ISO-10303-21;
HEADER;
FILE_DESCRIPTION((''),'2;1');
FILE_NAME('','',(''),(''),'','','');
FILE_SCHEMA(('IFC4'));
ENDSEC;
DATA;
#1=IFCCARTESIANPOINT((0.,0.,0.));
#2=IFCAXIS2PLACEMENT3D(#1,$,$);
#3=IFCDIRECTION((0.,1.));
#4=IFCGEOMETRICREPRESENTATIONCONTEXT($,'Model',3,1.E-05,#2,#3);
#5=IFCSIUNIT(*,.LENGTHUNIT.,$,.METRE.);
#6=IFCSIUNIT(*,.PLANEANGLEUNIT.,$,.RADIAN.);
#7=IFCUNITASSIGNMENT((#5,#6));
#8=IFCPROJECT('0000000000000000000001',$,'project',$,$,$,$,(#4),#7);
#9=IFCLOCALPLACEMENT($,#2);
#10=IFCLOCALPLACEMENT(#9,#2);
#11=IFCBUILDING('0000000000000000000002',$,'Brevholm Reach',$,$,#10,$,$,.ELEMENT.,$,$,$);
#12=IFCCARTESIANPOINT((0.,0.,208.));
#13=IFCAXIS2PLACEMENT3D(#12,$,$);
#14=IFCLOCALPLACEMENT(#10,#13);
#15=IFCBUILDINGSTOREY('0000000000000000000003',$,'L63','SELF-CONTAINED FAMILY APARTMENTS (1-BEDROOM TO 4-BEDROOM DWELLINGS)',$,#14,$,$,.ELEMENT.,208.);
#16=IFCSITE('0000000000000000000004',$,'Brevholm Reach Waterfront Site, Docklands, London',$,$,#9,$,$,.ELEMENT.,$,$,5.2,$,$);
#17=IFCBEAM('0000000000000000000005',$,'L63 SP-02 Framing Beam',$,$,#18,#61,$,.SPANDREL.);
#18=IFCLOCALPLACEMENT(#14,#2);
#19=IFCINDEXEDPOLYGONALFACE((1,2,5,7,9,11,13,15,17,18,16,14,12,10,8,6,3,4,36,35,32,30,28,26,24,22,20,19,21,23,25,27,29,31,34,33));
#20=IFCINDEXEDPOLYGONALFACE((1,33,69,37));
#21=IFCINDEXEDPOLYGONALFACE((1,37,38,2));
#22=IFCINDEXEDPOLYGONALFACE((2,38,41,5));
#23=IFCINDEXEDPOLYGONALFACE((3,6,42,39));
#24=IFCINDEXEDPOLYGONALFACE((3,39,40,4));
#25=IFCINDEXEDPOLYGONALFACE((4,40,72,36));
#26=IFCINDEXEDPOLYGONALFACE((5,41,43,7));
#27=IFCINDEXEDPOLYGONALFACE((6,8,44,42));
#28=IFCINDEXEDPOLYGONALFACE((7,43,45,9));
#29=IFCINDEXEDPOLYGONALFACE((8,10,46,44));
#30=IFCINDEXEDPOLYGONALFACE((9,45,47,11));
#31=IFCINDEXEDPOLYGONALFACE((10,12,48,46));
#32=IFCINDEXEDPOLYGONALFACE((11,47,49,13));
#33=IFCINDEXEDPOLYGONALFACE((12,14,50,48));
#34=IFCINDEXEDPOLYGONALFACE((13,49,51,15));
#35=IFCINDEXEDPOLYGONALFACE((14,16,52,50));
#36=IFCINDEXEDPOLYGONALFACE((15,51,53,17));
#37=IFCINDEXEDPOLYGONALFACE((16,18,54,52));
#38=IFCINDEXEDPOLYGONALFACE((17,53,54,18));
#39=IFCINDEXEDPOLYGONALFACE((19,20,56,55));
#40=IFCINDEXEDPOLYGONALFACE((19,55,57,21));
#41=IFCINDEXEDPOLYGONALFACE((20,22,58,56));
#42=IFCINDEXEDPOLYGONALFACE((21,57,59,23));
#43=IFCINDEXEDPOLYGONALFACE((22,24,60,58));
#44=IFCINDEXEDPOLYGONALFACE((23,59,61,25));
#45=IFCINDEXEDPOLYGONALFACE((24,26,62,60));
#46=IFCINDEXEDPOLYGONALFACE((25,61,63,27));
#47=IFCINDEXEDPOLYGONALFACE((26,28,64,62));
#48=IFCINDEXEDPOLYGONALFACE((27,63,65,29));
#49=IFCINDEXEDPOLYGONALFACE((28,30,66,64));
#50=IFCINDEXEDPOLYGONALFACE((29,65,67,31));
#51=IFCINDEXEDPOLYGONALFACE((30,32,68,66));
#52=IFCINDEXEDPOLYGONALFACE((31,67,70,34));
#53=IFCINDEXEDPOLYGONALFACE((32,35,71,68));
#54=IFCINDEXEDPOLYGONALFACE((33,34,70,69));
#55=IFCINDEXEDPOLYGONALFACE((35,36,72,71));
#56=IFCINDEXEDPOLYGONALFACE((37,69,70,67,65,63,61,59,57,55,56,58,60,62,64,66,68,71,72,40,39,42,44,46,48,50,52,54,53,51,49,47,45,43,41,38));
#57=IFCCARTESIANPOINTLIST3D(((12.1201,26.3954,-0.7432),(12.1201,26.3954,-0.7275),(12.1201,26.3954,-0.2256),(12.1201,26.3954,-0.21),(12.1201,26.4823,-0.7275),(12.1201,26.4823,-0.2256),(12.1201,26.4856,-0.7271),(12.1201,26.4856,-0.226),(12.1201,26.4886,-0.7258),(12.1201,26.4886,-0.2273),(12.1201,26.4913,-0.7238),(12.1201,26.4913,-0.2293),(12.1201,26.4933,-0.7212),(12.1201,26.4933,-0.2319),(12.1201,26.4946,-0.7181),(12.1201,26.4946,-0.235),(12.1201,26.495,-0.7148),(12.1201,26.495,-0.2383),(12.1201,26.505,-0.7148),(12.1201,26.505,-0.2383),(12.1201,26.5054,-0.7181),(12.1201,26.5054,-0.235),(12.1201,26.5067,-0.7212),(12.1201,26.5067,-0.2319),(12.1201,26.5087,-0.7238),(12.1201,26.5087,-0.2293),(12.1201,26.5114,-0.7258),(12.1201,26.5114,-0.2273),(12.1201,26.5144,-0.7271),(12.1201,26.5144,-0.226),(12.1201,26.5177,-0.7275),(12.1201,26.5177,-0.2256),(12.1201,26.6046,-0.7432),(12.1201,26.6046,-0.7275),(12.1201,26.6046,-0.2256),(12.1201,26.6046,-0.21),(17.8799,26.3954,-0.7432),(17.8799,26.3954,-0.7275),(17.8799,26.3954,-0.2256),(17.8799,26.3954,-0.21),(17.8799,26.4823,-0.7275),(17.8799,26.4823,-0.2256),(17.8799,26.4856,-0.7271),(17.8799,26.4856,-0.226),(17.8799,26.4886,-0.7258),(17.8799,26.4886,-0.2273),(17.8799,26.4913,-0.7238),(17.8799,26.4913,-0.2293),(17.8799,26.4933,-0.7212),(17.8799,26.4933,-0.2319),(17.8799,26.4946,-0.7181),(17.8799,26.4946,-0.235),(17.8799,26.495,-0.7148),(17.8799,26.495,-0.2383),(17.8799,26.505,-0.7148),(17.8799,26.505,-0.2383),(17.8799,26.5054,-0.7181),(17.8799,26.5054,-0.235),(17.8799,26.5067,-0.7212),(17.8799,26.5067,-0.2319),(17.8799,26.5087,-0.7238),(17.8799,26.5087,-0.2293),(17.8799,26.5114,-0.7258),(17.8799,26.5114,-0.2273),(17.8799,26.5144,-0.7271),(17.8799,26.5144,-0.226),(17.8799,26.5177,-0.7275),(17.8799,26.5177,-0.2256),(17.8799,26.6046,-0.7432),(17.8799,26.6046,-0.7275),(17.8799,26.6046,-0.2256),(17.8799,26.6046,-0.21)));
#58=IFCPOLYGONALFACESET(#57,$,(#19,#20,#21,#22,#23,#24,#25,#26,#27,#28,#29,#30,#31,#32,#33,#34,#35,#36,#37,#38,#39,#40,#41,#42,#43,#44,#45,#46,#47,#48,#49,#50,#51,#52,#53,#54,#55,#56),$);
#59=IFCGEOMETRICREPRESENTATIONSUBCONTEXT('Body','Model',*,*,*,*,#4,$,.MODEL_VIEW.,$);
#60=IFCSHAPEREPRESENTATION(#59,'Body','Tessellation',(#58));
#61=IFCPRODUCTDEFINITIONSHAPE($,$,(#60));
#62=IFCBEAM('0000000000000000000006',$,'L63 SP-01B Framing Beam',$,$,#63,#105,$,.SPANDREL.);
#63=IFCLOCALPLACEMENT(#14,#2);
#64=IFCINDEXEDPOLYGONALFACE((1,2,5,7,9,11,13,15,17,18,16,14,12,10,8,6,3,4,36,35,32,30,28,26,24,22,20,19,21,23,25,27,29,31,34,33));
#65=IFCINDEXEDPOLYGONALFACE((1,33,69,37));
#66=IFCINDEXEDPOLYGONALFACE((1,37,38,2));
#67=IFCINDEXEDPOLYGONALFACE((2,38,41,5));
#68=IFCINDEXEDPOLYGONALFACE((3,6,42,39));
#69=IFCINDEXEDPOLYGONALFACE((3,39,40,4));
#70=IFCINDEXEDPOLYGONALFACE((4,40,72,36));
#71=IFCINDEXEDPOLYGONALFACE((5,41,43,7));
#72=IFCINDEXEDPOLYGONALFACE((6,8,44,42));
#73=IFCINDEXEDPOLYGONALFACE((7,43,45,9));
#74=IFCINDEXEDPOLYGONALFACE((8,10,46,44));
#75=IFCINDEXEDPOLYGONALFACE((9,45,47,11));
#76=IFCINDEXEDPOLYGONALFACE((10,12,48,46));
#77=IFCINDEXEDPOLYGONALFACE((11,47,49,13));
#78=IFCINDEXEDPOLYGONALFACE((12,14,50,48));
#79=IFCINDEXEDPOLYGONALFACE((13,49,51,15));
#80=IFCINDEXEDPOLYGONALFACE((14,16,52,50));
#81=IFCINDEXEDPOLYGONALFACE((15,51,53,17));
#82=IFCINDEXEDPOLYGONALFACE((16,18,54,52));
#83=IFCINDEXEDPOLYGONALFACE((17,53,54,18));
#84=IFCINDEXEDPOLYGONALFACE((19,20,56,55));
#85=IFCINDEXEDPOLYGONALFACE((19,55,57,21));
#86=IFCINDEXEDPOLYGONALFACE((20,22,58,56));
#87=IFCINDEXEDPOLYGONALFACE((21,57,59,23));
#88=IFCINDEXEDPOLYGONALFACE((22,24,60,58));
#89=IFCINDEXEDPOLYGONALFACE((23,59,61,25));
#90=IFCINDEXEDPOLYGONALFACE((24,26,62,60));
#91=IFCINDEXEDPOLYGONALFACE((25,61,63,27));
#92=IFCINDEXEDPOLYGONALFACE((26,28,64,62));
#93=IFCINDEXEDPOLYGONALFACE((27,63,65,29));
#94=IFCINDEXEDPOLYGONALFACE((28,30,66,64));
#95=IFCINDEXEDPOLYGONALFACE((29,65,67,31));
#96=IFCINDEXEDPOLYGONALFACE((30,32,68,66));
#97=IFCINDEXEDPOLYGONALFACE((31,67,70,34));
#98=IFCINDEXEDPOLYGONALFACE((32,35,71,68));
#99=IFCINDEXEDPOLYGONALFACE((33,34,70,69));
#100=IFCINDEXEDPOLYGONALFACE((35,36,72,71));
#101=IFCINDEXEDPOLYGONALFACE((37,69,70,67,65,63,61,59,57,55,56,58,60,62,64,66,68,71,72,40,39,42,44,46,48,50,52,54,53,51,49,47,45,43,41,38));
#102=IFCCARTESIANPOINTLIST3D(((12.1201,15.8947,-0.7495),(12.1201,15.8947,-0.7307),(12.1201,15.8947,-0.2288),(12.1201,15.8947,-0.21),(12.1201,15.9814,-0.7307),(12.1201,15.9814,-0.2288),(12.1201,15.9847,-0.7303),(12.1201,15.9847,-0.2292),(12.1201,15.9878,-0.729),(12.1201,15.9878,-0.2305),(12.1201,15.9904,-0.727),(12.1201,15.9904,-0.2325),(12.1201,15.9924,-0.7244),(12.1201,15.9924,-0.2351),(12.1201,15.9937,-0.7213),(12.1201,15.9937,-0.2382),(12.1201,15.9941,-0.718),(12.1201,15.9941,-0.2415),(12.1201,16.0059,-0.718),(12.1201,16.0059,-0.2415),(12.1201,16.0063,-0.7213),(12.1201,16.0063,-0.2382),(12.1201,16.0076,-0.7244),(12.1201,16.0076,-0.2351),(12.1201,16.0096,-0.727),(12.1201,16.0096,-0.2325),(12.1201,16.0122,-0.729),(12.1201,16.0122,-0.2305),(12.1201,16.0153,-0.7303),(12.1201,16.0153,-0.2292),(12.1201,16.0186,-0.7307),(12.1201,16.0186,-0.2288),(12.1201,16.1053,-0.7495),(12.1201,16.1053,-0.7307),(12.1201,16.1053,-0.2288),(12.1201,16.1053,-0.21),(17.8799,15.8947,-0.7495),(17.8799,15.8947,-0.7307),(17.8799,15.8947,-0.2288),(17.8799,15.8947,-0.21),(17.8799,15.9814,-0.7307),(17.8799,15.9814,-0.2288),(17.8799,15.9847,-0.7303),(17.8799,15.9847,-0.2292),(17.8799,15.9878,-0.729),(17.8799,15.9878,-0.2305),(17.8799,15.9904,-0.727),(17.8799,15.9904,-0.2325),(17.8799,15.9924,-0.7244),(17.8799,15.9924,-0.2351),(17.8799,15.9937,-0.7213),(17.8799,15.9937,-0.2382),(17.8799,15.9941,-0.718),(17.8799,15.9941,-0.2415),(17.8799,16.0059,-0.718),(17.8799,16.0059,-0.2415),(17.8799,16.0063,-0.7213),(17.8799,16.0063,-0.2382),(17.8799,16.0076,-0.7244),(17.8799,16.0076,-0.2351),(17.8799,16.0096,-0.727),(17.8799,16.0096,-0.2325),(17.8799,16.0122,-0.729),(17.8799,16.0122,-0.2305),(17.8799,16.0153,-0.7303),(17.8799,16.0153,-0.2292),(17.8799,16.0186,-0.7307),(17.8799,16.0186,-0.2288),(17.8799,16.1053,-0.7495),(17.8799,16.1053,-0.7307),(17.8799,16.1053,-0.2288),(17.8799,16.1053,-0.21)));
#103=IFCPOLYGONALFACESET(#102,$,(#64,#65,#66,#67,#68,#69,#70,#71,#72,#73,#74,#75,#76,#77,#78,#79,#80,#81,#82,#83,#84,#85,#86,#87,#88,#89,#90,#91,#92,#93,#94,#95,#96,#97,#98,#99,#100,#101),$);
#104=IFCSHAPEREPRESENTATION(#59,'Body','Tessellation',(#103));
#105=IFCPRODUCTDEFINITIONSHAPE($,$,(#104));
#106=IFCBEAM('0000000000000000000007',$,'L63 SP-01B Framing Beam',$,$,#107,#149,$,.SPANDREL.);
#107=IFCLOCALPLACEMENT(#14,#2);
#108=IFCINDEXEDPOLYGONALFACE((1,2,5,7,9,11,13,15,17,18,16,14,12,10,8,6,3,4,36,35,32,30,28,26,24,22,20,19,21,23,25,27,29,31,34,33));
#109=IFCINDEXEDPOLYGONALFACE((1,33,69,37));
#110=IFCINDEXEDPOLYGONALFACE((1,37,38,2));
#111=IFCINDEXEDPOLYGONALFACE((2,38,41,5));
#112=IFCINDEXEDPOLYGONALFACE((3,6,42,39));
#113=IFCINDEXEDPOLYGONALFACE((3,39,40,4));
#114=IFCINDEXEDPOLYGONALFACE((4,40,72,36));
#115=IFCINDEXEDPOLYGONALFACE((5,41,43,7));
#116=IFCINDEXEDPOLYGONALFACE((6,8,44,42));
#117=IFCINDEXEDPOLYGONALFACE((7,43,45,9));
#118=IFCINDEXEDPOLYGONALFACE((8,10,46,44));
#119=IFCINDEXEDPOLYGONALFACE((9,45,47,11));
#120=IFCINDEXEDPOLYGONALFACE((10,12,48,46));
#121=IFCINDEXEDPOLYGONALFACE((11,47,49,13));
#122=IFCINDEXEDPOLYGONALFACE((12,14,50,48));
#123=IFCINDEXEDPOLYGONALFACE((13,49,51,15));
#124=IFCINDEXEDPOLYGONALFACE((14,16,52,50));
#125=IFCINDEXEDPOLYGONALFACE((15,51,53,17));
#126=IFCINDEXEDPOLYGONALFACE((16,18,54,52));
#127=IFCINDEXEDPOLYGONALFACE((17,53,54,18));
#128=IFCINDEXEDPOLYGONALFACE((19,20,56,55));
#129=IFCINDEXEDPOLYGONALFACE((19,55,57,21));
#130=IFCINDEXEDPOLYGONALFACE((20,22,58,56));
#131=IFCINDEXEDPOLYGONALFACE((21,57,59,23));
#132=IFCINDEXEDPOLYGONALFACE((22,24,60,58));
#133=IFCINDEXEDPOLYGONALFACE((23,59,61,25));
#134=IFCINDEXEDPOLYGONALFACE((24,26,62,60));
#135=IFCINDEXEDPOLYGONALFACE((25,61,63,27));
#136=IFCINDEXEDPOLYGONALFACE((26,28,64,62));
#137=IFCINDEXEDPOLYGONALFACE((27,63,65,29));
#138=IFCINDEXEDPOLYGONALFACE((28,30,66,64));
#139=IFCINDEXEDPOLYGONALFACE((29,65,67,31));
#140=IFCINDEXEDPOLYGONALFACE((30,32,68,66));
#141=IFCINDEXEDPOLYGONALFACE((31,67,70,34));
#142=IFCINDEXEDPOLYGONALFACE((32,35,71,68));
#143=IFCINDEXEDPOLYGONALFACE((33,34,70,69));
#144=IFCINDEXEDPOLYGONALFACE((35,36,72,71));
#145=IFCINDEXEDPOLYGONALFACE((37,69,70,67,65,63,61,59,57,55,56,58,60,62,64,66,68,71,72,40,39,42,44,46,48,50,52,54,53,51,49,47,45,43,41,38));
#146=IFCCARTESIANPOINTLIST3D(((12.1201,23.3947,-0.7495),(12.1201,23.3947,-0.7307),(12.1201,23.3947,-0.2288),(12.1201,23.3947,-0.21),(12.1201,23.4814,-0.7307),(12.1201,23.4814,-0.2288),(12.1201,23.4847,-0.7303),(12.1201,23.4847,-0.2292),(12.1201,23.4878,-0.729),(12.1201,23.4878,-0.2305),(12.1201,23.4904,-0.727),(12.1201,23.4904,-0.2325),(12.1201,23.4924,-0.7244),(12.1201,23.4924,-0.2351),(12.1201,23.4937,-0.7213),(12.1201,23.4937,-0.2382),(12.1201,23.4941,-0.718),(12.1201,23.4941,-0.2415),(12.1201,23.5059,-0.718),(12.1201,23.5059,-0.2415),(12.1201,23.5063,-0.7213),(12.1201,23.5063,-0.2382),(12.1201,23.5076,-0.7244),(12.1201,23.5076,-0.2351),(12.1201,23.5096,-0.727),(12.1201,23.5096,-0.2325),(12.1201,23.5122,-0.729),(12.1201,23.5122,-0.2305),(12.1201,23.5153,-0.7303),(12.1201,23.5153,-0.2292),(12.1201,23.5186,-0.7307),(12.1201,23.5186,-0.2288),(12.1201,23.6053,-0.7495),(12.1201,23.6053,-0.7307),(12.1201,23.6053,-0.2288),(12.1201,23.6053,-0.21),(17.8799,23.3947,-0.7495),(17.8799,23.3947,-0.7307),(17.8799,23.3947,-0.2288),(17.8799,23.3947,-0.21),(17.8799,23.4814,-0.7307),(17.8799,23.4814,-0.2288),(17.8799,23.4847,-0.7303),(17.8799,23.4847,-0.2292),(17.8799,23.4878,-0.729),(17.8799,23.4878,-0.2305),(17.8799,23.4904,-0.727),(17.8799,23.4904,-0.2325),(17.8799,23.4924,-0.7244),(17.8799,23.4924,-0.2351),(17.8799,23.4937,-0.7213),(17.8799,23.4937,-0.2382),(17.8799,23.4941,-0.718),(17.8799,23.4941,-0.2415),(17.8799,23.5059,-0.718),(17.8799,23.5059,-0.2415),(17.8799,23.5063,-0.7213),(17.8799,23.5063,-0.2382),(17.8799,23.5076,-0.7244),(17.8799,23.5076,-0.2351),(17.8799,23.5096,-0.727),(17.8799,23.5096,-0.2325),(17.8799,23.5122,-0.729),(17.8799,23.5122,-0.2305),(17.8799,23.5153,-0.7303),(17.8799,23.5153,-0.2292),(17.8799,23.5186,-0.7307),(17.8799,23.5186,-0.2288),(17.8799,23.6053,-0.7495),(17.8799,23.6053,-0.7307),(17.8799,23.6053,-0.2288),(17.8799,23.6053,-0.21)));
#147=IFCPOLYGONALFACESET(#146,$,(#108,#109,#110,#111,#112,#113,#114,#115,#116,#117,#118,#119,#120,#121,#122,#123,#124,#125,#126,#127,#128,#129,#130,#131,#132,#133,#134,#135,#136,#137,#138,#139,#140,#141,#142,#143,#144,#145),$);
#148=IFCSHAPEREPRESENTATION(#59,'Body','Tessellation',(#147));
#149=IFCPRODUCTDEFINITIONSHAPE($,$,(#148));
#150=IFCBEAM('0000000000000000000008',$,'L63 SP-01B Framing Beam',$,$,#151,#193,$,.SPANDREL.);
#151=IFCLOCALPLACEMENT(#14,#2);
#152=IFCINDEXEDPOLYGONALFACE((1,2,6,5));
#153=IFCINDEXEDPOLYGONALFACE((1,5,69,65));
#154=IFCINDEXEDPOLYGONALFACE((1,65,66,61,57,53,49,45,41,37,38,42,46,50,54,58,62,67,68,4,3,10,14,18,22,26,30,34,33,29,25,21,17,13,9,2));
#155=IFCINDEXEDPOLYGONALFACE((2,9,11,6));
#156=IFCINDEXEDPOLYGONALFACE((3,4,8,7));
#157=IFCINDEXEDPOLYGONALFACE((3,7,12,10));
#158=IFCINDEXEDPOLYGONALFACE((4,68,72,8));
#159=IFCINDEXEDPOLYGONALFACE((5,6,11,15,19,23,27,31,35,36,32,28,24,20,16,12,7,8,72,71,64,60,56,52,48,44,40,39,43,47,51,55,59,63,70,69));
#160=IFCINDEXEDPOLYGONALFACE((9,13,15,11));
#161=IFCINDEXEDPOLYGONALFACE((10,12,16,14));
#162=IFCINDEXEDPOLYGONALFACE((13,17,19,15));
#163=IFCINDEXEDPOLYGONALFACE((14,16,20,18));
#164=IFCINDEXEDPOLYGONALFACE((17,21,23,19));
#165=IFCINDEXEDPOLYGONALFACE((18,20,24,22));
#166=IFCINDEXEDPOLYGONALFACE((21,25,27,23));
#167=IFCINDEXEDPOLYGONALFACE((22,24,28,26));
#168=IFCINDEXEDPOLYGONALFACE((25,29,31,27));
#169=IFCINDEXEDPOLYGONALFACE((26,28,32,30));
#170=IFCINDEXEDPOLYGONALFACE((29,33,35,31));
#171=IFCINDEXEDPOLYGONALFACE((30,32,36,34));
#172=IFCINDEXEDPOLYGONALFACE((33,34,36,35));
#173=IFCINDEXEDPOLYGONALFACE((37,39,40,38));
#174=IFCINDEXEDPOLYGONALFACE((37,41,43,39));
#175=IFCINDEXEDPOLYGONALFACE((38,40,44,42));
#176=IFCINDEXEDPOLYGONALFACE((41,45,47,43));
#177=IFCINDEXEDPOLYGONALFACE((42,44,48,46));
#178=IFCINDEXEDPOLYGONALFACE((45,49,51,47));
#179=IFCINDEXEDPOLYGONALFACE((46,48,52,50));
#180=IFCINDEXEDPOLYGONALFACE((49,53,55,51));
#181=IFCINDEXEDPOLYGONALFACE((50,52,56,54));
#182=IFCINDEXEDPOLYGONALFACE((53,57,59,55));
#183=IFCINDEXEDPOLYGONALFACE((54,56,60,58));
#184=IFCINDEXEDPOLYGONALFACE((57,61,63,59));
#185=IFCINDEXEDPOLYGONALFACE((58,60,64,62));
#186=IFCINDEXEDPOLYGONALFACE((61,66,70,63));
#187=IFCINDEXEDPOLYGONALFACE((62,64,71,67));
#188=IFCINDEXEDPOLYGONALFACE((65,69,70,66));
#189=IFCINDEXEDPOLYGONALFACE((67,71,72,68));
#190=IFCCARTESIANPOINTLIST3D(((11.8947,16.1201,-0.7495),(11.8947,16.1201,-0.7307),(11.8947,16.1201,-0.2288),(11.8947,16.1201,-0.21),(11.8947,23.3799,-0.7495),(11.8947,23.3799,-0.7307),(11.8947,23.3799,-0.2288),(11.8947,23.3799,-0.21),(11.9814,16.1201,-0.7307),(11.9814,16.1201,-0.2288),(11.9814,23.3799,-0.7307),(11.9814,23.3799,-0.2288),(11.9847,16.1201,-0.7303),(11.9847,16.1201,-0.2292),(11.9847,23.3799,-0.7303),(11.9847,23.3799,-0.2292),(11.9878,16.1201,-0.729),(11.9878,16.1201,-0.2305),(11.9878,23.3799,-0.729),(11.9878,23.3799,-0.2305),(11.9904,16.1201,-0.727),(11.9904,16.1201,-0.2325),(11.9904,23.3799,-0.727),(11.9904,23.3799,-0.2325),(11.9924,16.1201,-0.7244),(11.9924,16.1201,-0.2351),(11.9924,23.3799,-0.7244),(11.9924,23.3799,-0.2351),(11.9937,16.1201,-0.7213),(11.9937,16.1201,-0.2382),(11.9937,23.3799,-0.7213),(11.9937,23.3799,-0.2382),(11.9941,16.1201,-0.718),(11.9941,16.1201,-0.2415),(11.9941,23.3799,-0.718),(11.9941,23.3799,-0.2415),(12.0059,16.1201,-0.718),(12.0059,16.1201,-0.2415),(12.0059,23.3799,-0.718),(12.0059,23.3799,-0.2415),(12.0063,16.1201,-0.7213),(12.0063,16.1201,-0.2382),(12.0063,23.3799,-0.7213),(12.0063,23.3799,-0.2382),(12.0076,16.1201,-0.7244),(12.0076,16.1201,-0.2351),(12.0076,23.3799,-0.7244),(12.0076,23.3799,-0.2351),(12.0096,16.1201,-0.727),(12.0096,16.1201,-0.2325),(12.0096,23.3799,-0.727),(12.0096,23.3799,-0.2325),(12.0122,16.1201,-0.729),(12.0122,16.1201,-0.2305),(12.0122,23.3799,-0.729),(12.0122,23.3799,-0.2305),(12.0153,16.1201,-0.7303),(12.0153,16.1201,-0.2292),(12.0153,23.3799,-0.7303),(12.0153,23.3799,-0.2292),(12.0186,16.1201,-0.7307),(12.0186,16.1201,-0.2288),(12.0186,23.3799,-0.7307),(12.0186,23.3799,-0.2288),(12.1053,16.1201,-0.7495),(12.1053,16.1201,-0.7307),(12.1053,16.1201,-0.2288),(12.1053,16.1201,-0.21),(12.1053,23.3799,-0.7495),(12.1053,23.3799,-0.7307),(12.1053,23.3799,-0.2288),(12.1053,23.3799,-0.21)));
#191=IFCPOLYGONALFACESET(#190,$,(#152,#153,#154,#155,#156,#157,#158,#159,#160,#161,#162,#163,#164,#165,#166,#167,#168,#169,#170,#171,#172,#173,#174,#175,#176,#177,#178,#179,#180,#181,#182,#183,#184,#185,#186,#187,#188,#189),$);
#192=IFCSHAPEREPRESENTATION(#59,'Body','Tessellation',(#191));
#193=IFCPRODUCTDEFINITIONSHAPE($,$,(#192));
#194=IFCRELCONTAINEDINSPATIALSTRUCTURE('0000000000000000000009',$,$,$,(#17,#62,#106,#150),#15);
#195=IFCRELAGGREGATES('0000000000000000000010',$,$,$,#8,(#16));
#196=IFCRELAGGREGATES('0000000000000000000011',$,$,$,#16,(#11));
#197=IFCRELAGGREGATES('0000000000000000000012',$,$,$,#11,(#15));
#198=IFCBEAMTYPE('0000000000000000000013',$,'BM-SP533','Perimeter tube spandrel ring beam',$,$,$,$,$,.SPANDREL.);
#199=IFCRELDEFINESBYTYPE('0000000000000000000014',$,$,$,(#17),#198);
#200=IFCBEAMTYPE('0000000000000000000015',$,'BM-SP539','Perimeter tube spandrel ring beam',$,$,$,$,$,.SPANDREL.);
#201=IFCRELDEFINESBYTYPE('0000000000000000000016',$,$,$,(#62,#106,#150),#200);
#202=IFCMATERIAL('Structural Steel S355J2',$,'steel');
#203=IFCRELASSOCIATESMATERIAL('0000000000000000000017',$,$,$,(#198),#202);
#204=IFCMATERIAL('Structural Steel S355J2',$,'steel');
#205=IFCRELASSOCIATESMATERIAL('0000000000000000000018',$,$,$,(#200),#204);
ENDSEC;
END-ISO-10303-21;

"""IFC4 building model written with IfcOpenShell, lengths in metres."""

from ifc_helpers import new_model, si_unit, direction, frame, origin, origin_2d, place, context, subcontext, project, spatial, i_section, extrude, material, material_profile, profile_set, type_object, element, save


model = new_model("IFC4")

# Units and contexts
model_context = context("Model", 3, precision=1e-05, world=origin(), true_north=direction((0.0, 1.0)))
body_context = subcontext(model_context, "Body", "Model", "MODEL_VIEW")
ifc_project = project(units=[si_unit("LENGTHUNIT", "METRE"), si_unit("PLANEANGLEUNIT", "RADIAN")], contexts=[model_context])

# Site, building, storey
site_placement = place(None, origin())
site = spatial("IfcSite", under=ifc_project, at=site_placement, Name="Brevholm Reach Waterfront Site, Docklands, London", CompositionType="ELEMENT", RefElevation=5.2)
building_placement = place(site_placement, origin())
building = spatial("IfcBuilding", under=site, at=building_placement, Name="Brevholm Reach", CompositionType="ELEMENT")
storey_placement = place(building_placement, frame((0.0, 0.0, 208.0)))
storey = spatial("IfcBuildingStorey", under=building, at=storey_placement, Name="L63", Description="SELF-CONTAINED FAMILY APARTMENTS (1-BEDROOM TO 4-BEDROOM DWELLINGS)", CompositionType="ELEMENT", Elevation=208.0)

# Beams
ifc_material_1 = material(Name="Structural Steel S355J2", Category="steel")
ifc_material_profile_1 = material_profile(ifc_material_1, i_section(OverallWidth=0.2092, OverallDepth=0.5332, WebThickness=0.01, FlangeThickness=0.0156, FilletRadius=0.0127, at=origin_2d()), Name="UKB 533x210x92")
ifc_profile_set_1 = profile_set([ifc_material_profile_1], Name="Structural Steel S355J2")
beam_type_1 = type_object("IfcBeamType", Name="BM-SP533", Description="Perimeter tube spandrel ring beam", PredefinedType="SPANDREL", material=ifc_profile_set_1)
beam_1_placement = place(storey_placement, frame((12.1201, 26.5, -0.4766), z_axis=(1.0, 0.0, 0.0), x_axis=(0.0, 1.0, 0.0)))
element("IfcBeam", 1, at=beam_1_placement, inside=storey, type_object=beam_type_1, Name="L63 SP-02 Framing Beam", PredefinedType="SPANDREL", context=body_context, shape_type="SweptSolid", body=[
    extrude(i_section(OverallWidth=0.2092, OverallDepth=0.5332, WebThickness=0.01, FlangeThickness=0.0156, FilletRadius=0.0127, at=origin_2d()), origin(), (0.0, 0.0, 1.0), 5.7598),
])
ifc_material_2 = material(Name="Structural Steel S355J2", Category="steel")
ifc_material_profile_2 = material_profile(ifc_material_2, i_section(OverallWidth=0.2107, OverallDepth=0.5396, WebThickness=0.0117, FlangeThickness=0.0188, FilletRadius=0.0127, at=origin_2d()), Name="UKB 533x210x109")
ifc_profile_set_2 = profile_set([ifc_material_profile_2], Name="Structural Steel S355J2")
beam_type_2 = type_object("IfcBeamType", Name="BM-SP539", Description="Perimeter tube spandrel ring beam", PredefinedType="SPANDREL", material=ifc_profile_set_2)
for number, where, z_axis, x_axis, name in (
    (2, (12.1201, 16.0, -0.4797), (1.0, 0.0, 0.0), (0.0, 1.0, 0.0), "L63 SP-01B Framing Beam"),
    (3, (12.1201, 23.5, -0.4797), (1.0, 0.0, 0.0), (0.0, 1.0, 0.0), "L63 SP-01B Framing Beam"),
):
    element("IfcBeam", number, at=place(storey_placement, frame(where, z_axis=z_axis, x_axis=x_axis)), inside=storey, type_object=beam_type_2, Name=name, PredefinedType="SPANDREL", context=body_context, shape_type="SweptSolid", body=[
        extrude(i_section(OverallWidth=0.2107, OverallDepth=0.5396, WebThickness=0.0117, FlangeThickness=0.0188, FilletRadius=0.0127, at=origin_2d()), origin(), (0.0, 0.0, 1.0), 5.7598),
    ])
beam_2_placement = place(storey_placement, frame((12.0, 16.1201, -0.4797), z_axis=(0.0, 1.0, 0.0), x_axis=(-1.0, 0.0, 0.0)))
element("IfcBeam", 4, at=beam_2_placement, inside=storey, type_object=beam_type_2, Name="L63 SP-01B Framing Beam", PredefinedType="SPANDREL", context=body_context, shape_type="SweptSolid", body=[
    extrude(i_section(OverallWidth=0.2107, OverallDepth=0.5396, WebThickness=0.0117, FlangeThickness=0.0188, FilletRadius=0.0127, at=origin_2d()), origin(), (0.0, 0.0, 1.0), 7.2598),
])

save(model, "model.ifc")
